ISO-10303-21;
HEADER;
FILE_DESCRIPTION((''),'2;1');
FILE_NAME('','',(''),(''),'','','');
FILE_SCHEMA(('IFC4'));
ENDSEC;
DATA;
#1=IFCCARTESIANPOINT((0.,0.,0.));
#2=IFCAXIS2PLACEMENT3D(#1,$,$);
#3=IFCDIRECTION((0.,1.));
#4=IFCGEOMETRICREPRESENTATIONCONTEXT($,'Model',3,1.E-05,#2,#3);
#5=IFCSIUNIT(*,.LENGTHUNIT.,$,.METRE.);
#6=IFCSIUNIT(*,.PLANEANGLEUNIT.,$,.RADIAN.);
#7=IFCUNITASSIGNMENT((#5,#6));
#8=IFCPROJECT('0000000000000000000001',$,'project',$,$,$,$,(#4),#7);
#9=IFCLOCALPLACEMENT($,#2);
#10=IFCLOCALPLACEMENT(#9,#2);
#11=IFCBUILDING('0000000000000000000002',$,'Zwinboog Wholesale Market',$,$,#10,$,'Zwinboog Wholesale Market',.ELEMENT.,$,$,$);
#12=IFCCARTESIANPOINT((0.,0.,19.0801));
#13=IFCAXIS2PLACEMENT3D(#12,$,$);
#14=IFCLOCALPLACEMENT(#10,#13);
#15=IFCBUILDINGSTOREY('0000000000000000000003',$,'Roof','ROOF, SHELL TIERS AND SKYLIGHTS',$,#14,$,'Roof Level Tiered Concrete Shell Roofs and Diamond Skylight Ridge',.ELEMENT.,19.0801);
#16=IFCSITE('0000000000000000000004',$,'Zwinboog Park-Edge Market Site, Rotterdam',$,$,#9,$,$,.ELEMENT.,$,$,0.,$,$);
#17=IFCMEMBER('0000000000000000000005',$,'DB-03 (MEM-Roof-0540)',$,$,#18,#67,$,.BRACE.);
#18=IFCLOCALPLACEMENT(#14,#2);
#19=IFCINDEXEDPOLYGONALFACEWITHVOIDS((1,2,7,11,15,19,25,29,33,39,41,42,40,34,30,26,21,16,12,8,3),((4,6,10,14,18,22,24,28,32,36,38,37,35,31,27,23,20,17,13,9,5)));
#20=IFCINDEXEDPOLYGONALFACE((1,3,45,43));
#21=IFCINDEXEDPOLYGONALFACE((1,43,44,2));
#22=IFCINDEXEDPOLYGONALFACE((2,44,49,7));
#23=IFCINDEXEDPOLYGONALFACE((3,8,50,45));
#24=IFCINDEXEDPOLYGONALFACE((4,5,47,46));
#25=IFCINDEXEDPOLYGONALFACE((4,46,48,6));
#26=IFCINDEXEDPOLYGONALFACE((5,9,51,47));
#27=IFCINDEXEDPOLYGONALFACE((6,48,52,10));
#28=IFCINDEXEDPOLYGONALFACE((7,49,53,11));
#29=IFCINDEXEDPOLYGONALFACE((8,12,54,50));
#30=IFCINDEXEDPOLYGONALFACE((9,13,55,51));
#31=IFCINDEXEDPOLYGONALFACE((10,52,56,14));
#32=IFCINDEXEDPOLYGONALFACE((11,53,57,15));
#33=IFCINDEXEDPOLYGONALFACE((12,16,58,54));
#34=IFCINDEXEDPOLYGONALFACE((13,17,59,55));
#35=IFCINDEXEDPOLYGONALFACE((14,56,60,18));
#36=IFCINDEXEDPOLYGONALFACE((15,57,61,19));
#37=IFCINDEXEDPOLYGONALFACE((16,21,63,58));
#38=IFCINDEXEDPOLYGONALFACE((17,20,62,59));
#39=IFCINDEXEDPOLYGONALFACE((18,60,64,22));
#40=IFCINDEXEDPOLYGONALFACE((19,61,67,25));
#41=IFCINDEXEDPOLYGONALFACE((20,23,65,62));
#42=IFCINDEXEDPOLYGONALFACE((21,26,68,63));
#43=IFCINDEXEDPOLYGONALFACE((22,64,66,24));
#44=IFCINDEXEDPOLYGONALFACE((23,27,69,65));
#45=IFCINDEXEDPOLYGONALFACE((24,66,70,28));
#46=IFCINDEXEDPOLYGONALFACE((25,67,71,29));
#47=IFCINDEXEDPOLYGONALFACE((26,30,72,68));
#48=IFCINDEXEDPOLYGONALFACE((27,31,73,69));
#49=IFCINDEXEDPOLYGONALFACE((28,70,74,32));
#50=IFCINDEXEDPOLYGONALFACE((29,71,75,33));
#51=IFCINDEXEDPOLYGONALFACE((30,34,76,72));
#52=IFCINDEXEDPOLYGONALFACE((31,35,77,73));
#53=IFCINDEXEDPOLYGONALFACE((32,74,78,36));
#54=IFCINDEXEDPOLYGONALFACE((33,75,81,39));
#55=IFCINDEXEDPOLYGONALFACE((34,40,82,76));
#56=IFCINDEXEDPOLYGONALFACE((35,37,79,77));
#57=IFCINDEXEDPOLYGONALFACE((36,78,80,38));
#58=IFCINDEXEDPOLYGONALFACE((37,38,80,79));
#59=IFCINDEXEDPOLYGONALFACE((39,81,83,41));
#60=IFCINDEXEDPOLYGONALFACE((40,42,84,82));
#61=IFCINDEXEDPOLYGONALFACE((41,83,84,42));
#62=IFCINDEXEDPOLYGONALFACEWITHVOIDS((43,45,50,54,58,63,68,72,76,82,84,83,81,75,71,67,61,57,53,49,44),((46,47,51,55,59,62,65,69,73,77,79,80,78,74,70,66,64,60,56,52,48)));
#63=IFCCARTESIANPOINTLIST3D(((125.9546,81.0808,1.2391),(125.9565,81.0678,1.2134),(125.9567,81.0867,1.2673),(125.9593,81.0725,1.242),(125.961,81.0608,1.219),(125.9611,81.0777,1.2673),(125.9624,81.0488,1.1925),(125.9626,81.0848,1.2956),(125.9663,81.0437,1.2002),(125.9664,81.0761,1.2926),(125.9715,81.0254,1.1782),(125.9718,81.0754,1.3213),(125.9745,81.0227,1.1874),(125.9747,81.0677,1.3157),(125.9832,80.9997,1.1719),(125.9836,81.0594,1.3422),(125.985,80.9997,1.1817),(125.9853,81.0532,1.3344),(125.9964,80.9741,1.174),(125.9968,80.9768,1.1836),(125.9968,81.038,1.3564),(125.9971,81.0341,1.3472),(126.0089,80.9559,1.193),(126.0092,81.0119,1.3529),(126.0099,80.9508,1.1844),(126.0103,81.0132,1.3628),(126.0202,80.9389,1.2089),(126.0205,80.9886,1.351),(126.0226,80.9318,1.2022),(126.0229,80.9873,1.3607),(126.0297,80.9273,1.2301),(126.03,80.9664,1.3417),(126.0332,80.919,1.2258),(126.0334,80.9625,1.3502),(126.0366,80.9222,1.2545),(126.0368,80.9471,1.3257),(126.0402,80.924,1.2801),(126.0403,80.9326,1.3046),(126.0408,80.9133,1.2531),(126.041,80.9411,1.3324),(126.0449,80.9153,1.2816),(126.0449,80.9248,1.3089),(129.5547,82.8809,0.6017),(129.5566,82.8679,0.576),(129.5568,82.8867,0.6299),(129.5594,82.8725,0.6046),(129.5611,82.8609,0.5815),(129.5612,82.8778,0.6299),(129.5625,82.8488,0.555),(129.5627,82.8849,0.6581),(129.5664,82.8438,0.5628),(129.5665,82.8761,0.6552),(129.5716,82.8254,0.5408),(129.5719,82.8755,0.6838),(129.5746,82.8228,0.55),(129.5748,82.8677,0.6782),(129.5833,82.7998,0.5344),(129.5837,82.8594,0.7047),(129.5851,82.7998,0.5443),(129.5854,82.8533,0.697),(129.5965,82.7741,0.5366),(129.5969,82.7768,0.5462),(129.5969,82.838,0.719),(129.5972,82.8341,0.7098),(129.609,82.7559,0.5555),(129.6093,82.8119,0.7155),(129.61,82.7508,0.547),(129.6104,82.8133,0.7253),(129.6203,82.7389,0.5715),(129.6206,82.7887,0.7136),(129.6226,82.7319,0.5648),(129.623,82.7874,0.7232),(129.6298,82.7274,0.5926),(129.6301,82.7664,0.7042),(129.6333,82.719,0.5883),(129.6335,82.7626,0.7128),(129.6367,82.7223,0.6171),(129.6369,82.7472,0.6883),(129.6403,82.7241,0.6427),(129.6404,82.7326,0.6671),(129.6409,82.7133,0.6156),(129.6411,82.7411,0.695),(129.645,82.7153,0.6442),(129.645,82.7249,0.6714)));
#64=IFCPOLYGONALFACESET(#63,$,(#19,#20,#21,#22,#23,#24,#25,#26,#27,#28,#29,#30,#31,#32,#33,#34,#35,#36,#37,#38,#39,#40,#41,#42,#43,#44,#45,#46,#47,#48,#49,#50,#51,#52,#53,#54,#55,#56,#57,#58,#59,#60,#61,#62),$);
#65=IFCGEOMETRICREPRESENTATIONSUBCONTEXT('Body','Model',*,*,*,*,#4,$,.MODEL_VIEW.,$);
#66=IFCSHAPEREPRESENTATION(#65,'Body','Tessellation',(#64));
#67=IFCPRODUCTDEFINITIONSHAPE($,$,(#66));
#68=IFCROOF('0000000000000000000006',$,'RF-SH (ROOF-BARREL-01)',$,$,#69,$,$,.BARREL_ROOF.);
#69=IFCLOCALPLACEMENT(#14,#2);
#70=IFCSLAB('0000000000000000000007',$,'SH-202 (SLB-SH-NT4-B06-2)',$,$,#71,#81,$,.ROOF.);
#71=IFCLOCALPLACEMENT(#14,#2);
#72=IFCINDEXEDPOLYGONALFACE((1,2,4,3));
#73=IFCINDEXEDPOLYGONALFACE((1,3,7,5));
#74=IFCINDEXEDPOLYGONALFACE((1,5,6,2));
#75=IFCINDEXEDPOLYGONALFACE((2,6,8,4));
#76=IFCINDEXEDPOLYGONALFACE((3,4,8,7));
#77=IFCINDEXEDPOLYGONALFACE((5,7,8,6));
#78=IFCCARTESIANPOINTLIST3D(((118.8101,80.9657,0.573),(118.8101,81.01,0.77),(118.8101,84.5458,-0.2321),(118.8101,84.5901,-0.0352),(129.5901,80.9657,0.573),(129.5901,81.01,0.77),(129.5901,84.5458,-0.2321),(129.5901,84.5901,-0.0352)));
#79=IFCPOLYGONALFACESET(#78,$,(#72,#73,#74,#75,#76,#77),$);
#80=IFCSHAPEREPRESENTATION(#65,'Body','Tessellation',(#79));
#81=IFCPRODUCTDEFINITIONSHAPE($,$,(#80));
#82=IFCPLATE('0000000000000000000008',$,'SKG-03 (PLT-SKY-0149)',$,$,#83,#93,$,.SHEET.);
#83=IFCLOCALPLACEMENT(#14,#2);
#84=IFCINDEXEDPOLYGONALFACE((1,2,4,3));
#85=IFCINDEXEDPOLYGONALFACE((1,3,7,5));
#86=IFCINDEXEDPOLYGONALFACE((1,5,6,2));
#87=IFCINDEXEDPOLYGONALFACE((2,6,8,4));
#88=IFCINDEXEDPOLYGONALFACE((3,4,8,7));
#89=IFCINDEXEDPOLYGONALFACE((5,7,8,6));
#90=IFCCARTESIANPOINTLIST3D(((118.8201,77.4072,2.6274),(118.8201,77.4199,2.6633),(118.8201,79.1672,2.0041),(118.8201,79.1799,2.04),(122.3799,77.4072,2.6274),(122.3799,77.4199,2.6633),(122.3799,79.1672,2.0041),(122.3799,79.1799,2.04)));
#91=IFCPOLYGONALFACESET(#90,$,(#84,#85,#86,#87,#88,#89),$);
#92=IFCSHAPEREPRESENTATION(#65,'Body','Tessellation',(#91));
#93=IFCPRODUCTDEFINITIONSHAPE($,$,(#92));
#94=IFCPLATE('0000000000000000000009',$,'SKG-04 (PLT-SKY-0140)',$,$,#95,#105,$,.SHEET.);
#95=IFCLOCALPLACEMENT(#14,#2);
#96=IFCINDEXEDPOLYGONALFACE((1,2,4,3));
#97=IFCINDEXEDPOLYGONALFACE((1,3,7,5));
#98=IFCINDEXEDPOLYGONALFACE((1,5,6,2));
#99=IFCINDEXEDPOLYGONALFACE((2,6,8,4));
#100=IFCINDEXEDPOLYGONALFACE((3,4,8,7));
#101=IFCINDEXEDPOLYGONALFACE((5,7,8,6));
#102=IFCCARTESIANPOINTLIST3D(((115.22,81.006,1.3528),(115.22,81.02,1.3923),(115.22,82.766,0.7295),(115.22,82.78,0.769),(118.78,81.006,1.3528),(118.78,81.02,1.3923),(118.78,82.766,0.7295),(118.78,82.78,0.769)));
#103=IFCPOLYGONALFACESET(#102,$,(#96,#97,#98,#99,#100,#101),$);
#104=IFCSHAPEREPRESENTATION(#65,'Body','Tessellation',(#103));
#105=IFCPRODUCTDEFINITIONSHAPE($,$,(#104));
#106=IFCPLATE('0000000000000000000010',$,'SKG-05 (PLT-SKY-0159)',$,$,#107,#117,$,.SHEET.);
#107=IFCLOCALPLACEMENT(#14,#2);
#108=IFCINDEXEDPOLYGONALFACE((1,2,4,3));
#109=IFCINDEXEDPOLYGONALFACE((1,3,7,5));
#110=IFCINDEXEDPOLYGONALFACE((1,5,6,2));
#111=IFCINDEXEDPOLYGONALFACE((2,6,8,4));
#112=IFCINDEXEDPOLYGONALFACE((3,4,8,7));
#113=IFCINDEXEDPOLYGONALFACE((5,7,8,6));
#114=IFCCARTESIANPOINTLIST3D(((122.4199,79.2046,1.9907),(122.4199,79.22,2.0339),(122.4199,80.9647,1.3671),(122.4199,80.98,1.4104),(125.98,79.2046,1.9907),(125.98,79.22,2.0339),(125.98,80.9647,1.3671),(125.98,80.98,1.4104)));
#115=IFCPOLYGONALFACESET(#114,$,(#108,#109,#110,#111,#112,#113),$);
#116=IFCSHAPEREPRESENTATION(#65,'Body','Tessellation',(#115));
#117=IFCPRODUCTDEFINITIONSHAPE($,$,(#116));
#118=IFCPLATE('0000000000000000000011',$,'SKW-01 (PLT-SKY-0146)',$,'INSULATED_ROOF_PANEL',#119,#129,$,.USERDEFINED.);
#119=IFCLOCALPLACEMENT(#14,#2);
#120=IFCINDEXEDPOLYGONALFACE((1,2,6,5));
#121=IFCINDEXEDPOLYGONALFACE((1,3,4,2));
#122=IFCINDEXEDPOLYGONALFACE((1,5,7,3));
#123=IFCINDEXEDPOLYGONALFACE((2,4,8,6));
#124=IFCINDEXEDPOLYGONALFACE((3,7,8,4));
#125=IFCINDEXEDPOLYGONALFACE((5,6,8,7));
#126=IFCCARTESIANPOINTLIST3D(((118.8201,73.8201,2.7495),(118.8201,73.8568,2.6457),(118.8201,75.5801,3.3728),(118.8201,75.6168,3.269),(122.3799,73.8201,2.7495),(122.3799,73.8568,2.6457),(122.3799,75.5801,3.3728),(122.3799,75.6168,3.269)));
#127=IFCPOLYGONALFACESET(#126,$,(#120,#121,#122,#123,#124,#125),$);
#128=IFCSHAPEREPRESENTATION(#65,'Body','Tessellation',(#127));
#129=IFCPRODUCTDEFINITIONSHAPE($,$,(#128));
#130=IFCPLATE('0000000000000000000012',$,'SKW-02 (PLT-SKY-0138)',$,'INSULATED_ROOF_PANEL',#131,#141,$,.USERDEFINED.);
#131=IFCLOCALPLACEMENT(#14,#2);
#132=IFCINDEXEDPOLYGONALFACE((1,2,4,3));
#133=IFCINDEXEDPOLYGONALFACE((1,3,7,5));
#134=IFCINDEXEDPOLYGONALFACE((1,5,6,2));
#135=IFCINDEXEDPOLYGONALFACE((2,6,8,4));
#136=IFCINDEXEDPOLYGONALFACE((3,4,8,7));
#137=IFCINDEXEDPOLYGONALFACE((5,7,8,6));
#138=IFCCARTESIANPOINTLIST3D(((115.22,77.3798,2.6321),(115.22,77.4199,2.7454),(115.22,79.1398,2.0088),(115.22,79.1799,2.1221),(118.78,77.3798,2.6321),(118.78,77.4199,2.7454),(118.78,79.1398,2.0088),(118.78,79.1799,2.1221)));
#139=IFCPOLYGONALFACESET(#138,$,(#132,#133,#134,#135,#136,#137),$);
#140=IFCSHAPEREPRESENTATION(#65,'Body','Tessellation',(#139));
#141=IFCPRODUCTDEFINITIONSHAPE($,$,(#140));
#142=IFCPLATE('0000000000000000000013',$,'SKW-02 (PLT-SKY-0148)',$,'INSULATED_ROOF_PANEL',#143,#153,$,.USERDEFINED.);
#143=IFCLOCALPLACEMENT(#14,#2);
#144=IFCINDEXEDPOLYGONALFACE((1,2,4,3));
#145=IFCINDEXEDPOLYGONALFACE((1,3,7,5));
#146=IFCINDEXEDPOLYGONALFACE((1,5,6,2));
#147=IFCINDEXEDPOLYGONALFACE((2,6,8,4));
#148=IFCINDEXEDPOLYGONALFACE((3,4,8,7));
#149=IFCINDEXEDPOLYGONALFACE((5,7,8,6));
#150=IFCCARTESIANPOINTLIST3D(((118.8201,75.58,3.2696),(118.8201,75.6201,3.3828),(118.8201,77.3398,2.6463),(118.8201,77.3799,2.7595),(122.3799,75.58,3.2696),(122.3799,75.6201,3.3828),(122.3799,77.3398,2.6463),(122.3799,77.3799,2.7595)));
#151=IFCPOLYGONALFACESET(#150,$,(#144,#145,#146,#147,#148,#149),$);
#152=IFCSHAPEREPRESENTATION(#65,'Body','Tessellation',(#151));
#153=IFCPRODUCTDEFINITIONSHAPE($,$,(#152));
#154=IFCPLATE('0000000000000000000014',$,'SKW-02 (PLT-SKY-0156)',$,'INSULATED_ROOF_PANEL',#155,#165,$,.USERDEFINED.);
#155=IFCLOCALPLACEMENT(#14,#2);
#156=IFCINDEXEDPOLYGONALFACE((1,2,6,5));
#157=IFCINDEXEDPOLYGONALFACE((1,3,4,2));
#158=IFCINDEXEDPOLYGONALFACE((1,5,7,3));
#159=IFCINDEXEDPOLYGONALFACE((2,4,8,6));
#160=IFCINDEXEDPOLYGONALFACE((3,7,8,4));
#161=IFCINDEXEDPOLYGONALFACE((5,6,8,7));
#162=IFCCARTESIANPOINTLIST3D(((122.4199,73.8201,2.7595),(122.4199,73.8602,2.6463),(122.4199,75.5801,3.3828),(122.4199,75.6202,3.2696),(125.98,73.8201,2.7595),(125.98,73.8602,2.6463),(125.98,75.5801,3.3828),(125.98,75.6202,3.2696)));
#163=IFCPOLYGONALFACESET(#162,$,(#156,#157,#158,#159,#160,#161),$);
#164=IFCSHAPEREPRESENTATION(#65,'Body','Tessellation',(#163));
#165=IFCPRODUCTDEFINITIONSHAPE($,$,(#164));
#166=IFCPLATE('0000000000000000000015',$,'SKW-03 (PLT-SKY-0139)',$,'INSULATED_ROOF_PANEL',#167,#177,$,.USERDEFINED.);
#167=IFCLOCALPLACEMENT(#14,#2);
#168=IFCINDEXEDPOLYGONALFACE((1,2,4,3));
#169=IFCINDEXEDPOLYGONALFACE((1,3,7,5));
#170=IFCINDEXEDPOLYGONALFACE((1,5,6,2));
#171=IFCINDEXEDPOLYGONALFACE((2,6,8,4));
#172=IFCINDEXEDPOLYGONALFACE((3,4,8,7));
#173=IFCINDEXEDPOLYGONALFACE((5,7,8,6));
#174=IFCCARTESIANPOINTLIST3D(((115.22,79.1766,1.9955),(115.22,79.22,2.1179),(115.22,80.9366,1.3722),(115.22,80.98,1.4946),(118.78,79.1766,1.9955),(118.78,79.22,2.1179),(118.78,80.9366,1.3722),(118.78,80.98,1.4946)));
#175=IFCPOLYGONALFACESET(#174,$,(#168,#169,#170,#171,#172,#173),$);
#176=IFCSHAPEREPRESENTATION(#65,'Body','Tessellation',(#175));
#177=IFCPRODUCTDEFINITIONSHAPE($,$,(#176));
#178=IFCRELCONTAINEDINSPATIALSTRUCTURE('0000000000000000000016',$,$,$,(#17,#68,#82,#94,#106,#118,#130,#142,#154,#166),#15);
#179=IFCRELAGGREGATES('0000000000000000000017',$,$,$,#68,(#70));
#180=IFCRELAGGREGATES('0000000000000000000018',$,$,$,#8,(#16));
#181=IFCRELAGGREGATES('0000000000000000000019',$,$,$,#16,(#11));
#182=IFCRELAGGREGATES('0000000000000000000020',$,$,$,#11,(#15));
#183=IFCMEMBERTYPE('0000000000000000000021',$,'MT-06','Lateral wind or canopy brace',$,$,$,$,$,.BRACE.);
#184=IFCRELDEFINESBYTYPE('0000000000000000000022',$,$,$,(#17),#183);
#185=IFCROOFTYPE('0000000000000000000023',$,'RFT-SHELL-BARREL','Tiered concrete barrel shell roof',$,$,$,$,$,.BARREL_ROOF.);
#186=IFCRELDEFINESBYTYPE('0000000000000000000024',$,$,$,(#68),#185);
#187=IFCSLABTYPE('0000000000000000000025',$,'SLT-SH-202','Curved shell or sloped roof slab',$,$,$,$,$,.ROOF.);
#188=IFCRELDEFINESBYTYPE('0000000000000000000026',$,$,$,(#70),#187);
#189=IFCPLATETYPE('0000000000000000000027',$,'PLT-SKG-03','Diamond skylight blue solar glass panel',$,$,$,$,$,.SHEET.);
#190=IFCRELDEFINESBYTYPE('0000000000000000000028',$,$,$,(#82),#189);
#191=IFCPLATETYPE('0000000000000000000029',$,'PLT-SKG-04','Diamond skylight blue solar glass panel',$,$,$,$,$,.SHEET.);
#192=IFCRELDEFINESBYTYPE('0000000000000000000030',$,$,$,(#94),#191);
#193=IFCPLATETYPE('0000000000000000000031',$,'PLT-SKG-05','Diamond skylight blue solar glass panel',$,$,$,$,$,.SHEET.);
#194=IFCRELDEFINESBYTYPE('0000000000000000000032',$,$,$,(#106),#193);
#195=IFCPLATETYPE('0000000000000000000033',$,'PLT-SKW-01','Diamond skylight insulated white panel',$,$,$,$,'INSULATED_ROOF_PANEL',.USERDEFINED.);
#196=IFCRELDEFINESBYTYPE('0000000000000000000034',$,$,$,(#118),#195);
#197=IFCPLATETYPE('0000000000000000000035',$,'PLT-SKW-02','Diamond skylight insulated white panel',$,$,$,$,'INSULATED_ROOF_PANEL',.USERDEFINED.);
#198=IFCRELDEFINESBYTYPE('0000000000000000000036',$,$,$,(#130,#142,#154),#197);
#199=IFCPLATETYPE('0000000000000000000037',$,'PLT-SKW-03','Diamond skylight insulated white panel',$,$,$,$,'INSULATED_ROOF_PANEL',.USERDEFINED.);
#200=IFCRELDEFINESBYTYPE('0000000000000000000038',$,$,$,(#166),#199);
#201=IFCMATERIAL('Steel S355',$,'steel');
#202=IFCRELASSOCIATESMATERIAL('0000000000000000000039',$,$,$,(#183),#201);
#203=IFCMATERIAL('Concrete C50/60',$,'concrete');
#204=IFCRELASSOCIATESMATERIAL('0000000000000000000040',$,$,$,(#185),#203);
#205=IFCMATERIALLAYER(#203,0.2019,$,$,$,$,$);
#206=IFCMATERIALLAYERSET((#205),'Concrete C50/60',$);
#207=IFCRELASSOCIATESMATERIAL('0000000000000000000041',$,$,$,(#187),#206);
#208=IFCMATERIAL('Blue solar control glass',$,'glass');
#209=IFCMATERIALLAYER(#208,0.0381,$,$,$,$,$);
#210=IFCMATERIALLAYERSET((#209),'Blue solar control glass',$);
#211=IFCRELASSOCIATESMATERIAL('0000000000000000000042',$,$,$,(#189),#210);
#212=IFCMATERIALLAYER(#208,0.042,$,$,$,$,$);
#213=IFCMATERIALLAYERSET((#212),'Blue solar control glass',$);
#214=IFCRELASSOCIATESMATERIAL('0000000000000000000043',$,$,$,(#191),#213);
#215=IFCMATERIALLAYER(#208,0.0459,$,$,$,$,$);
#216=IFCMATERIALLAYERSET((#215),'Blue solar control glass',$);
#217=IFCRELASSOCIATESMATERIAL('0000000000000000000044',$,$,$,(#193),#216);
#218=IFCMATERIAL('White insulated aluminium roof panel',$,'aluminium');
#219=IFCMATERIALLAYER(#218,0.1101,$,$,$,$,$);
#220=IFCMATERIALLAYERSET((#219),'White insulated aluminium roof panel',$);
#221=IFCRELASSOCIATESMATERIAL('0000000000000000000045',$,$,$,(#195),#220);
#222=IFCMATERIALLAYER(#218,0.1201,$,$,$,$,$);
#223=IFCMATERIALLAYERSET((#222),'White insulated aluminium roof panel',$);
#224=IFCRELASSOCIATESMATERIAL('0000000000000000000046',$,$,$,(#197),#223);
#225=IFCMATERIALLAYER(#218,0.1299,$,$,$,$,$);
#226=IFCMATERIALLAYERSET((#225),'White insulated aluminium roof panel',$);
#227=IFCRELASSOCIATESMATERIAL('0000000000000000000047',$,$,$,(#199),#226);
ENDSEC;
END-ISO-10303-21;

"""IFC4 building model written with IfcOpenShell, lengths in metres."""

from ifc_helpers import new_model, si_unit, direction, frame, origin, origin_2d, place, context, subcontext, project, spatial, polyline, hollow_circle, outline, extrude, material, layer, layer_set, material_profile, profile_set, type_object, element, aggregate, save


model = new_model("IFC4")

# Units and contexts
model_context = context("Model", 3, precision=1e-05, world=origin(), true_north=direction((0.0, 1.0)))
body_context = subcontext(model_context, "Body", "Model", "MODEL_VIEW")
ifc_project = project(units=[si_unit("LENGTHUNIT", "METRE"), si_unit("PLANEANGLEUNIT", "RADIAN")], contexts=[model_context])

# Site, building, storey
site_placement = place(None, origin())
site = spatial("IfcSite", under=ifc_project, at=site_placement, Name="Zwinboog Park-Edge Market Site, Rotterdam", CompositionType="ELEMENT", RefElevation=0.0)
building_placement = place(site_placement, origin())
building = spatial("IfcBuilding", under=site, at=building_placement, Name="Zwinboog Wholesale Market", LongName="Zwinboog Wholesale Market", CompositionType="ELEMENT")
storey_placement = place(building_placement, frame((0.0, 0.0, 19.0801)))
storey = spatial("IfcBuildingStorey", under=building, at=storey_placement, Name="Roof", Description="ROOF, SHELL TIERS AND SKYLIGHTS", LongName="Roof Level Tiered Concrete Shell Roofs and Diamond Skylight Ridge", CompositionType="ELEMENT", Elevation=19.0801)

# Member
ifc_material_1 = material(Name="Steel S355", Category="steel")
ifc_material_profile_1 = material_profile(ifc_material_1, hollow_circle(Radius=0.0969, WallThickness=0.01, at=origin_2d()), Name="CHS 193.7x10")
ifc_profile_set_1 = profile_set([ifc_material_profile_1], Name="Steel S355")
member_type_1 = type_object("IfcMemberType", Name="MT-06", Description="Lateral wind or canopy brace", PredefinedType="BRACE", material=ifc_profile_set_1)
for number, where, z_axis, x_axis, name in (
    (1, (126.0, 81.0, 1.2673), (0.883417, 0.441709, -0.156422), (-0.447214, 0.894427, 0.0), "DB-03 (MEM-Roof-0540)"),
):
    element("IfcMember", number, at=place(storey_placement, frame(where, z_axis=z_axis, x_axis=x_axis)), inside=storey, type_object=member_type_1, Name=name, PredefinedType="BRACE", context=body_context, shape_type="SweptSolid", body=[
        extrude(hollow_circle(Radius=0.0969, WallThickness=0.01, at=origin_2d()), origin(), (0.0, 0.0, 1.0), 4.0752),
    ])

# Roof, slab
ifc_material_2 = material(Name="Concrete C50/60", Category="concrete")
roof_type = type_object("IfcRoofType", Name="RFT-SHELL-BARREL", Description="Tiered concrete barrel shell roof", PredefinedType="BARREL_ROOF", material=ifc_material_2)
roof_placement = place(storey_placement, origin())
roof = element("IfcRoof", 2, at=roof_placement, inside=storey, type_object=roof_type, Name="RF-SH (ROOF-BARREL-01)", PredefinedType="BARREL_ROOF")
ifc_layer_1 = layer(ifc_material_2, 0.2019)
ifc_layer_set_1 = layer_set([ifc_layer_1], Name="Concrete C50/60")
slab_type = type_object("IfcSlabType", Name="SLT-SH-202", Description="Curved shell or sloped roof slab", PredefinedType="ROOF", material=ifc_layer_set_1)
slab_placement = place(storey_placement, frame((118.8101, 81.01, 0.77), z_axis=(0.0, 0.219424, 0.97563), x_axis=(1.0, 0.0, 0.0)))
slab = element("IfcSlab", 3, at=slab_placement, type_object=slab_type, Name="SH-202 (SLB-SH-NT4-B06-2)", PredefinedType="ROOF", context=body_context, shape_type="SweptSolid", body=[
    extrude(outline(polyline([(0.0, 0.0), (10.78, 0.0), (10.78, 3.6695), (0.0, 3.6695), (0.0, 0.0)])), origin(), (0.0, 0.0, -1.0), 0.2019),
])
aggregate(roof, [slab])

# Plates
ifc_material_3 = material(Name="Blue solar control glass", Category="glass")
ifc_layer_2 = layer(ifc_material_3, 0.0381)
ifc_layer_set_2 = layer_set([ifc_layer_2], Name="Blue solar control glass")
plate_type_1 = type_object("IfcPlateType", Name="PLT-SKG-03", Description="Diamond skylight blue solar glass panel", PredefinedType="SHEET", material=ifc_layer_set_2)
plate_1_placement = place(storey_placement, frame((118.8201, 77.4199, 2.6633), z_axis=(0.0, 0.333825, 0.942635), x_axis=(1.0, 0.0, 0.0)))
element("IfcPlate", 4, at=plate_1_placement, inside=storey, type_object=plate_type_1, Name="SKG-03 (PLT-SKY-0149)", PredefinedType="SHEET", context=body_context, shape_type="SweptSolid", body=[
    extrude(outline(polyline([(0.0, 0.0), (3.5598, 0.0), (3.5598, 1.8671), (0.0, 1.8671), (0.0, 0.0)])), origin(), (0.0, 0.0, -1.0), 0.0381),
])
ifc_layer_3 = layer(ifc_material_3, 0.042)
ifc_layer_set_3 = layer_set([ifc_layer_3], Name="Blue solar control glass")
plate_type_2 = type_object("IfcPlateType", Name="PLT-SKG-04", Description="Diamond skylight blue solar glass panel", PredefinedType="SHEET", material=ifc_layer_set_3)
plate_2_placement = place(storey_placement, frame((115.22, 81.02, 1.3923), z_axis=(0.0, 0.333825, 0.942635), x_axis=(1.0, 0.0, 0.0)))
element("IfcPlate", 5, at=plate_2_placement, inside=storey, type_object=plate_type_2, Name="SKG-04 (PLT-SKY-0140)", PredefinedType="SHEET", context=body_context, shape_type="SweptSolid", body=[
    extrude(outline(polyline([(0.0, 0.0), (3.5601, 0.0), (3.5601, 1.8671), (0.0, 1.8671), (0.0, 0.0)])), origin(), (0.0, 0.0, -1.0), 0.042),
])
ifc_layer_4 = layer(ifc_material_3, 0.0459)
ifc_layer_set_4 = layer_set([ifc_layer_4], Name="Blue solar control glass")
plate_type_3 = type_object("IfcPlateType", Name="PLT-SKG-05", Description="Diamond skylight blue solar glass panel", PredefinedType="SHEET", material=ifc_layer_set_4)
plate_3_placement = place(storey_placement, frame((122.4199, 79.22, 2.0339), z_axis=(0.0, 0.333942, 0.942594), x_axis=(1.0, 0.0, 0.0)))
element("IfcPlate", 6, at=plate_3_placement, inside=storey, type_object=plate_type_3, Name="SKG-05 (PLT-SKY-0159)", PredefinedType="SHEET", context=body_context, shape_type="SweptSolid", body=[
    extrude(outline(polyline([(0.0, 0.0), (3.5601, 0.0), (3.5601, 1.8672), (0.0, 1.8672), (0.0, 0.0)])), origin(), (0.0, 0.0, -1.0), 0.0459),
])
ifc_material_4 = material(Name="White insulated aluminium roof panel", Category="aluminium")
ifc_layer_5 = layer(ifc_material_4, 0.1101)
ifc_layer_set_5 = layer_set([ifc_layer_5], Name="White insulated aluminium roof panel")
plate_type_4 = type_object("IfcPlateType", Name="PLT-SKW-01", Description="Diamond skylight insulated white panel", ElementType="INSULATED_ROOF_PANEL", PredefinedType="USERDEFINED", material=ifc_layer_set_5)
plate_4_placement = place(storey_placement, frame((118.8201, 73.8201, 2.7495), z_axis=(0.0, -0.333825, 0.942635), x_axis=(1.0, 0.0, 0.0)))
element("IfcPlate", 7, at=plate_4_placement, inside=storey, type_object=plate_type_4, Name="SKW-01 (PLT-SKY-0146)", ObjectType="INSULATED_ROOF_PANEL", PredefinedType="USERDEFINED", context=body_context, shape_type="SweptSolid", body=[
    extrude(outline(polyline([(0.0, 0.0), (3.5598, 0.0), (3.5598, 1.8671), (0.0, 1.8671), (0.0, 0.0)])), origin(), (0.0, 0.0, -1.0), 0.1101),
])
ifc_layer_6 = layer(ifc_material_4, 0.1201)
ifc_layer_set_6 = layer_set([ifc_layer_6], Name="White insulated aluminium roof panel")
plate_type_5 = type_object("IfcPlateType", Name="PLT-SKW-02", Description="Diamond skylight insulated white panel", ElementType="INSULATED_ROOF_PANEL", PredefinedType="USERDEFINED", material=ifc_layer_set_6)
plate_5_placement = place(storey_placement, frame((115.22, 77.4199, 2.7454), z_axis=(0.0, 0.333825, 0.942635), x_axis=(1.0, 0.0, 0.0)))
element("IfcPlate", 8, at=plate_5_placement, inside=storey, type_object=plate_type_5, Name="SKW-02 (PLT-SKY-0138)", ObjectType="INSULATED_ROOF_PANEL", PredefinedType="USERDEFINED", context=body_context, shape_type="SweptSolid", body=[
    extrude(outline(polyline([(0.0, 0.0), (3.5601, 0.0), (3.5601, 1.8671), (0.0, 1.8671), (0.0, 0.0)])), origin(), (0.0, 0.0, -1.0), 0.1201),
])
plate_6_placement = place(storey_placement, frame((118.8201, 75.6201, 3.3828), z_axis=(0.0, 0.333867, 0.94262), x_axis=(1.0, 0.0, 0.0)))
element("IfcPlate", 9, at=plate_6_placement, inside=storey, type_object=plate_type_5, Name="SKW-02 (PLT-SKY-0148)", ObjectType="INSULATED_ROOF_PANEL", PredefinedType="USERDEFINED", context=body_context, shape_type="SweptSolid", body=[
    extrude(outline(polyline([(0.0, 0.0), (3.5598, 0.0), (3.5598, 1.8669), (0.0, 1.8669), (0.0, 0.0)])), origin(), (0.0, 0.0, -1.0), 0.1201),
])
plate_7_placement = place(storey_placement, frame((122.4199, 73.8201, 2.7595), z_axis=(0.0, -0.333825, 0.942635), x_axis=(1.0, 0.0, 0.0)))
element("IfcPlate", 10, at=plate_7_placement, inside=storey, type_object=plate_type_5, Name="SKW-02 (PLT-SKY-0156)", ObjectType="INSULATED_ROOF_PANEL", PredefinedType="USERDEFINED", context=body_context, shape_type="SweptSolid", body=[
    extrude(outline(polyline([(0.0, 0.0), (3.5601, 0.0), (3.5601, 1.8671), (0.0, 1.8671), (0.0, 0.0)])), origin(), (0.0, 0.0, -1.0), 0.1201),
])
ifc_layer_7 = layer(ifc_material_4, 0.1299)
ifc_layer_set_7 = layer_set([ifc_layer_7], Name="White insulated aluminium roof panel")
plate_type_6 = type_object("IfcPlateType", Name="PLT-SKW-03", Description="Diamond skylight insulated white panel", ElementType="INSULATED_ROOF_PANEL", PredefinedType="USERDEFINED", material=ifc_layer_set_7)
plate_8_placement = place(storey_placement, frame((115.22, 79.22, 2.1179), z_axis=(0.0, 0.333825, 0.942635), x_axis=(1.0, 0.0, 0.0)))
element("IfcPlate", 11, at=plate_8_placement, inside=storey, type_object=plate_type_6, Name="SKW-03 (PLT-SKY-0139)", ObjectType="INSULATED_ROOF_PANEL", PredefinedType="USERDEFINED", context=body_context, shape_type="SweptSolid", body=[
    extrude(outline(polyline([(0.0, 0.0), (3.5601, 0.0), (3.5601, 1.8671), (0.0, 1.8671), (0.0, 0.0)])), origin(), (0.0, 0.0, -1.0), 0.1299),
])

save(model, "model.ifc")
